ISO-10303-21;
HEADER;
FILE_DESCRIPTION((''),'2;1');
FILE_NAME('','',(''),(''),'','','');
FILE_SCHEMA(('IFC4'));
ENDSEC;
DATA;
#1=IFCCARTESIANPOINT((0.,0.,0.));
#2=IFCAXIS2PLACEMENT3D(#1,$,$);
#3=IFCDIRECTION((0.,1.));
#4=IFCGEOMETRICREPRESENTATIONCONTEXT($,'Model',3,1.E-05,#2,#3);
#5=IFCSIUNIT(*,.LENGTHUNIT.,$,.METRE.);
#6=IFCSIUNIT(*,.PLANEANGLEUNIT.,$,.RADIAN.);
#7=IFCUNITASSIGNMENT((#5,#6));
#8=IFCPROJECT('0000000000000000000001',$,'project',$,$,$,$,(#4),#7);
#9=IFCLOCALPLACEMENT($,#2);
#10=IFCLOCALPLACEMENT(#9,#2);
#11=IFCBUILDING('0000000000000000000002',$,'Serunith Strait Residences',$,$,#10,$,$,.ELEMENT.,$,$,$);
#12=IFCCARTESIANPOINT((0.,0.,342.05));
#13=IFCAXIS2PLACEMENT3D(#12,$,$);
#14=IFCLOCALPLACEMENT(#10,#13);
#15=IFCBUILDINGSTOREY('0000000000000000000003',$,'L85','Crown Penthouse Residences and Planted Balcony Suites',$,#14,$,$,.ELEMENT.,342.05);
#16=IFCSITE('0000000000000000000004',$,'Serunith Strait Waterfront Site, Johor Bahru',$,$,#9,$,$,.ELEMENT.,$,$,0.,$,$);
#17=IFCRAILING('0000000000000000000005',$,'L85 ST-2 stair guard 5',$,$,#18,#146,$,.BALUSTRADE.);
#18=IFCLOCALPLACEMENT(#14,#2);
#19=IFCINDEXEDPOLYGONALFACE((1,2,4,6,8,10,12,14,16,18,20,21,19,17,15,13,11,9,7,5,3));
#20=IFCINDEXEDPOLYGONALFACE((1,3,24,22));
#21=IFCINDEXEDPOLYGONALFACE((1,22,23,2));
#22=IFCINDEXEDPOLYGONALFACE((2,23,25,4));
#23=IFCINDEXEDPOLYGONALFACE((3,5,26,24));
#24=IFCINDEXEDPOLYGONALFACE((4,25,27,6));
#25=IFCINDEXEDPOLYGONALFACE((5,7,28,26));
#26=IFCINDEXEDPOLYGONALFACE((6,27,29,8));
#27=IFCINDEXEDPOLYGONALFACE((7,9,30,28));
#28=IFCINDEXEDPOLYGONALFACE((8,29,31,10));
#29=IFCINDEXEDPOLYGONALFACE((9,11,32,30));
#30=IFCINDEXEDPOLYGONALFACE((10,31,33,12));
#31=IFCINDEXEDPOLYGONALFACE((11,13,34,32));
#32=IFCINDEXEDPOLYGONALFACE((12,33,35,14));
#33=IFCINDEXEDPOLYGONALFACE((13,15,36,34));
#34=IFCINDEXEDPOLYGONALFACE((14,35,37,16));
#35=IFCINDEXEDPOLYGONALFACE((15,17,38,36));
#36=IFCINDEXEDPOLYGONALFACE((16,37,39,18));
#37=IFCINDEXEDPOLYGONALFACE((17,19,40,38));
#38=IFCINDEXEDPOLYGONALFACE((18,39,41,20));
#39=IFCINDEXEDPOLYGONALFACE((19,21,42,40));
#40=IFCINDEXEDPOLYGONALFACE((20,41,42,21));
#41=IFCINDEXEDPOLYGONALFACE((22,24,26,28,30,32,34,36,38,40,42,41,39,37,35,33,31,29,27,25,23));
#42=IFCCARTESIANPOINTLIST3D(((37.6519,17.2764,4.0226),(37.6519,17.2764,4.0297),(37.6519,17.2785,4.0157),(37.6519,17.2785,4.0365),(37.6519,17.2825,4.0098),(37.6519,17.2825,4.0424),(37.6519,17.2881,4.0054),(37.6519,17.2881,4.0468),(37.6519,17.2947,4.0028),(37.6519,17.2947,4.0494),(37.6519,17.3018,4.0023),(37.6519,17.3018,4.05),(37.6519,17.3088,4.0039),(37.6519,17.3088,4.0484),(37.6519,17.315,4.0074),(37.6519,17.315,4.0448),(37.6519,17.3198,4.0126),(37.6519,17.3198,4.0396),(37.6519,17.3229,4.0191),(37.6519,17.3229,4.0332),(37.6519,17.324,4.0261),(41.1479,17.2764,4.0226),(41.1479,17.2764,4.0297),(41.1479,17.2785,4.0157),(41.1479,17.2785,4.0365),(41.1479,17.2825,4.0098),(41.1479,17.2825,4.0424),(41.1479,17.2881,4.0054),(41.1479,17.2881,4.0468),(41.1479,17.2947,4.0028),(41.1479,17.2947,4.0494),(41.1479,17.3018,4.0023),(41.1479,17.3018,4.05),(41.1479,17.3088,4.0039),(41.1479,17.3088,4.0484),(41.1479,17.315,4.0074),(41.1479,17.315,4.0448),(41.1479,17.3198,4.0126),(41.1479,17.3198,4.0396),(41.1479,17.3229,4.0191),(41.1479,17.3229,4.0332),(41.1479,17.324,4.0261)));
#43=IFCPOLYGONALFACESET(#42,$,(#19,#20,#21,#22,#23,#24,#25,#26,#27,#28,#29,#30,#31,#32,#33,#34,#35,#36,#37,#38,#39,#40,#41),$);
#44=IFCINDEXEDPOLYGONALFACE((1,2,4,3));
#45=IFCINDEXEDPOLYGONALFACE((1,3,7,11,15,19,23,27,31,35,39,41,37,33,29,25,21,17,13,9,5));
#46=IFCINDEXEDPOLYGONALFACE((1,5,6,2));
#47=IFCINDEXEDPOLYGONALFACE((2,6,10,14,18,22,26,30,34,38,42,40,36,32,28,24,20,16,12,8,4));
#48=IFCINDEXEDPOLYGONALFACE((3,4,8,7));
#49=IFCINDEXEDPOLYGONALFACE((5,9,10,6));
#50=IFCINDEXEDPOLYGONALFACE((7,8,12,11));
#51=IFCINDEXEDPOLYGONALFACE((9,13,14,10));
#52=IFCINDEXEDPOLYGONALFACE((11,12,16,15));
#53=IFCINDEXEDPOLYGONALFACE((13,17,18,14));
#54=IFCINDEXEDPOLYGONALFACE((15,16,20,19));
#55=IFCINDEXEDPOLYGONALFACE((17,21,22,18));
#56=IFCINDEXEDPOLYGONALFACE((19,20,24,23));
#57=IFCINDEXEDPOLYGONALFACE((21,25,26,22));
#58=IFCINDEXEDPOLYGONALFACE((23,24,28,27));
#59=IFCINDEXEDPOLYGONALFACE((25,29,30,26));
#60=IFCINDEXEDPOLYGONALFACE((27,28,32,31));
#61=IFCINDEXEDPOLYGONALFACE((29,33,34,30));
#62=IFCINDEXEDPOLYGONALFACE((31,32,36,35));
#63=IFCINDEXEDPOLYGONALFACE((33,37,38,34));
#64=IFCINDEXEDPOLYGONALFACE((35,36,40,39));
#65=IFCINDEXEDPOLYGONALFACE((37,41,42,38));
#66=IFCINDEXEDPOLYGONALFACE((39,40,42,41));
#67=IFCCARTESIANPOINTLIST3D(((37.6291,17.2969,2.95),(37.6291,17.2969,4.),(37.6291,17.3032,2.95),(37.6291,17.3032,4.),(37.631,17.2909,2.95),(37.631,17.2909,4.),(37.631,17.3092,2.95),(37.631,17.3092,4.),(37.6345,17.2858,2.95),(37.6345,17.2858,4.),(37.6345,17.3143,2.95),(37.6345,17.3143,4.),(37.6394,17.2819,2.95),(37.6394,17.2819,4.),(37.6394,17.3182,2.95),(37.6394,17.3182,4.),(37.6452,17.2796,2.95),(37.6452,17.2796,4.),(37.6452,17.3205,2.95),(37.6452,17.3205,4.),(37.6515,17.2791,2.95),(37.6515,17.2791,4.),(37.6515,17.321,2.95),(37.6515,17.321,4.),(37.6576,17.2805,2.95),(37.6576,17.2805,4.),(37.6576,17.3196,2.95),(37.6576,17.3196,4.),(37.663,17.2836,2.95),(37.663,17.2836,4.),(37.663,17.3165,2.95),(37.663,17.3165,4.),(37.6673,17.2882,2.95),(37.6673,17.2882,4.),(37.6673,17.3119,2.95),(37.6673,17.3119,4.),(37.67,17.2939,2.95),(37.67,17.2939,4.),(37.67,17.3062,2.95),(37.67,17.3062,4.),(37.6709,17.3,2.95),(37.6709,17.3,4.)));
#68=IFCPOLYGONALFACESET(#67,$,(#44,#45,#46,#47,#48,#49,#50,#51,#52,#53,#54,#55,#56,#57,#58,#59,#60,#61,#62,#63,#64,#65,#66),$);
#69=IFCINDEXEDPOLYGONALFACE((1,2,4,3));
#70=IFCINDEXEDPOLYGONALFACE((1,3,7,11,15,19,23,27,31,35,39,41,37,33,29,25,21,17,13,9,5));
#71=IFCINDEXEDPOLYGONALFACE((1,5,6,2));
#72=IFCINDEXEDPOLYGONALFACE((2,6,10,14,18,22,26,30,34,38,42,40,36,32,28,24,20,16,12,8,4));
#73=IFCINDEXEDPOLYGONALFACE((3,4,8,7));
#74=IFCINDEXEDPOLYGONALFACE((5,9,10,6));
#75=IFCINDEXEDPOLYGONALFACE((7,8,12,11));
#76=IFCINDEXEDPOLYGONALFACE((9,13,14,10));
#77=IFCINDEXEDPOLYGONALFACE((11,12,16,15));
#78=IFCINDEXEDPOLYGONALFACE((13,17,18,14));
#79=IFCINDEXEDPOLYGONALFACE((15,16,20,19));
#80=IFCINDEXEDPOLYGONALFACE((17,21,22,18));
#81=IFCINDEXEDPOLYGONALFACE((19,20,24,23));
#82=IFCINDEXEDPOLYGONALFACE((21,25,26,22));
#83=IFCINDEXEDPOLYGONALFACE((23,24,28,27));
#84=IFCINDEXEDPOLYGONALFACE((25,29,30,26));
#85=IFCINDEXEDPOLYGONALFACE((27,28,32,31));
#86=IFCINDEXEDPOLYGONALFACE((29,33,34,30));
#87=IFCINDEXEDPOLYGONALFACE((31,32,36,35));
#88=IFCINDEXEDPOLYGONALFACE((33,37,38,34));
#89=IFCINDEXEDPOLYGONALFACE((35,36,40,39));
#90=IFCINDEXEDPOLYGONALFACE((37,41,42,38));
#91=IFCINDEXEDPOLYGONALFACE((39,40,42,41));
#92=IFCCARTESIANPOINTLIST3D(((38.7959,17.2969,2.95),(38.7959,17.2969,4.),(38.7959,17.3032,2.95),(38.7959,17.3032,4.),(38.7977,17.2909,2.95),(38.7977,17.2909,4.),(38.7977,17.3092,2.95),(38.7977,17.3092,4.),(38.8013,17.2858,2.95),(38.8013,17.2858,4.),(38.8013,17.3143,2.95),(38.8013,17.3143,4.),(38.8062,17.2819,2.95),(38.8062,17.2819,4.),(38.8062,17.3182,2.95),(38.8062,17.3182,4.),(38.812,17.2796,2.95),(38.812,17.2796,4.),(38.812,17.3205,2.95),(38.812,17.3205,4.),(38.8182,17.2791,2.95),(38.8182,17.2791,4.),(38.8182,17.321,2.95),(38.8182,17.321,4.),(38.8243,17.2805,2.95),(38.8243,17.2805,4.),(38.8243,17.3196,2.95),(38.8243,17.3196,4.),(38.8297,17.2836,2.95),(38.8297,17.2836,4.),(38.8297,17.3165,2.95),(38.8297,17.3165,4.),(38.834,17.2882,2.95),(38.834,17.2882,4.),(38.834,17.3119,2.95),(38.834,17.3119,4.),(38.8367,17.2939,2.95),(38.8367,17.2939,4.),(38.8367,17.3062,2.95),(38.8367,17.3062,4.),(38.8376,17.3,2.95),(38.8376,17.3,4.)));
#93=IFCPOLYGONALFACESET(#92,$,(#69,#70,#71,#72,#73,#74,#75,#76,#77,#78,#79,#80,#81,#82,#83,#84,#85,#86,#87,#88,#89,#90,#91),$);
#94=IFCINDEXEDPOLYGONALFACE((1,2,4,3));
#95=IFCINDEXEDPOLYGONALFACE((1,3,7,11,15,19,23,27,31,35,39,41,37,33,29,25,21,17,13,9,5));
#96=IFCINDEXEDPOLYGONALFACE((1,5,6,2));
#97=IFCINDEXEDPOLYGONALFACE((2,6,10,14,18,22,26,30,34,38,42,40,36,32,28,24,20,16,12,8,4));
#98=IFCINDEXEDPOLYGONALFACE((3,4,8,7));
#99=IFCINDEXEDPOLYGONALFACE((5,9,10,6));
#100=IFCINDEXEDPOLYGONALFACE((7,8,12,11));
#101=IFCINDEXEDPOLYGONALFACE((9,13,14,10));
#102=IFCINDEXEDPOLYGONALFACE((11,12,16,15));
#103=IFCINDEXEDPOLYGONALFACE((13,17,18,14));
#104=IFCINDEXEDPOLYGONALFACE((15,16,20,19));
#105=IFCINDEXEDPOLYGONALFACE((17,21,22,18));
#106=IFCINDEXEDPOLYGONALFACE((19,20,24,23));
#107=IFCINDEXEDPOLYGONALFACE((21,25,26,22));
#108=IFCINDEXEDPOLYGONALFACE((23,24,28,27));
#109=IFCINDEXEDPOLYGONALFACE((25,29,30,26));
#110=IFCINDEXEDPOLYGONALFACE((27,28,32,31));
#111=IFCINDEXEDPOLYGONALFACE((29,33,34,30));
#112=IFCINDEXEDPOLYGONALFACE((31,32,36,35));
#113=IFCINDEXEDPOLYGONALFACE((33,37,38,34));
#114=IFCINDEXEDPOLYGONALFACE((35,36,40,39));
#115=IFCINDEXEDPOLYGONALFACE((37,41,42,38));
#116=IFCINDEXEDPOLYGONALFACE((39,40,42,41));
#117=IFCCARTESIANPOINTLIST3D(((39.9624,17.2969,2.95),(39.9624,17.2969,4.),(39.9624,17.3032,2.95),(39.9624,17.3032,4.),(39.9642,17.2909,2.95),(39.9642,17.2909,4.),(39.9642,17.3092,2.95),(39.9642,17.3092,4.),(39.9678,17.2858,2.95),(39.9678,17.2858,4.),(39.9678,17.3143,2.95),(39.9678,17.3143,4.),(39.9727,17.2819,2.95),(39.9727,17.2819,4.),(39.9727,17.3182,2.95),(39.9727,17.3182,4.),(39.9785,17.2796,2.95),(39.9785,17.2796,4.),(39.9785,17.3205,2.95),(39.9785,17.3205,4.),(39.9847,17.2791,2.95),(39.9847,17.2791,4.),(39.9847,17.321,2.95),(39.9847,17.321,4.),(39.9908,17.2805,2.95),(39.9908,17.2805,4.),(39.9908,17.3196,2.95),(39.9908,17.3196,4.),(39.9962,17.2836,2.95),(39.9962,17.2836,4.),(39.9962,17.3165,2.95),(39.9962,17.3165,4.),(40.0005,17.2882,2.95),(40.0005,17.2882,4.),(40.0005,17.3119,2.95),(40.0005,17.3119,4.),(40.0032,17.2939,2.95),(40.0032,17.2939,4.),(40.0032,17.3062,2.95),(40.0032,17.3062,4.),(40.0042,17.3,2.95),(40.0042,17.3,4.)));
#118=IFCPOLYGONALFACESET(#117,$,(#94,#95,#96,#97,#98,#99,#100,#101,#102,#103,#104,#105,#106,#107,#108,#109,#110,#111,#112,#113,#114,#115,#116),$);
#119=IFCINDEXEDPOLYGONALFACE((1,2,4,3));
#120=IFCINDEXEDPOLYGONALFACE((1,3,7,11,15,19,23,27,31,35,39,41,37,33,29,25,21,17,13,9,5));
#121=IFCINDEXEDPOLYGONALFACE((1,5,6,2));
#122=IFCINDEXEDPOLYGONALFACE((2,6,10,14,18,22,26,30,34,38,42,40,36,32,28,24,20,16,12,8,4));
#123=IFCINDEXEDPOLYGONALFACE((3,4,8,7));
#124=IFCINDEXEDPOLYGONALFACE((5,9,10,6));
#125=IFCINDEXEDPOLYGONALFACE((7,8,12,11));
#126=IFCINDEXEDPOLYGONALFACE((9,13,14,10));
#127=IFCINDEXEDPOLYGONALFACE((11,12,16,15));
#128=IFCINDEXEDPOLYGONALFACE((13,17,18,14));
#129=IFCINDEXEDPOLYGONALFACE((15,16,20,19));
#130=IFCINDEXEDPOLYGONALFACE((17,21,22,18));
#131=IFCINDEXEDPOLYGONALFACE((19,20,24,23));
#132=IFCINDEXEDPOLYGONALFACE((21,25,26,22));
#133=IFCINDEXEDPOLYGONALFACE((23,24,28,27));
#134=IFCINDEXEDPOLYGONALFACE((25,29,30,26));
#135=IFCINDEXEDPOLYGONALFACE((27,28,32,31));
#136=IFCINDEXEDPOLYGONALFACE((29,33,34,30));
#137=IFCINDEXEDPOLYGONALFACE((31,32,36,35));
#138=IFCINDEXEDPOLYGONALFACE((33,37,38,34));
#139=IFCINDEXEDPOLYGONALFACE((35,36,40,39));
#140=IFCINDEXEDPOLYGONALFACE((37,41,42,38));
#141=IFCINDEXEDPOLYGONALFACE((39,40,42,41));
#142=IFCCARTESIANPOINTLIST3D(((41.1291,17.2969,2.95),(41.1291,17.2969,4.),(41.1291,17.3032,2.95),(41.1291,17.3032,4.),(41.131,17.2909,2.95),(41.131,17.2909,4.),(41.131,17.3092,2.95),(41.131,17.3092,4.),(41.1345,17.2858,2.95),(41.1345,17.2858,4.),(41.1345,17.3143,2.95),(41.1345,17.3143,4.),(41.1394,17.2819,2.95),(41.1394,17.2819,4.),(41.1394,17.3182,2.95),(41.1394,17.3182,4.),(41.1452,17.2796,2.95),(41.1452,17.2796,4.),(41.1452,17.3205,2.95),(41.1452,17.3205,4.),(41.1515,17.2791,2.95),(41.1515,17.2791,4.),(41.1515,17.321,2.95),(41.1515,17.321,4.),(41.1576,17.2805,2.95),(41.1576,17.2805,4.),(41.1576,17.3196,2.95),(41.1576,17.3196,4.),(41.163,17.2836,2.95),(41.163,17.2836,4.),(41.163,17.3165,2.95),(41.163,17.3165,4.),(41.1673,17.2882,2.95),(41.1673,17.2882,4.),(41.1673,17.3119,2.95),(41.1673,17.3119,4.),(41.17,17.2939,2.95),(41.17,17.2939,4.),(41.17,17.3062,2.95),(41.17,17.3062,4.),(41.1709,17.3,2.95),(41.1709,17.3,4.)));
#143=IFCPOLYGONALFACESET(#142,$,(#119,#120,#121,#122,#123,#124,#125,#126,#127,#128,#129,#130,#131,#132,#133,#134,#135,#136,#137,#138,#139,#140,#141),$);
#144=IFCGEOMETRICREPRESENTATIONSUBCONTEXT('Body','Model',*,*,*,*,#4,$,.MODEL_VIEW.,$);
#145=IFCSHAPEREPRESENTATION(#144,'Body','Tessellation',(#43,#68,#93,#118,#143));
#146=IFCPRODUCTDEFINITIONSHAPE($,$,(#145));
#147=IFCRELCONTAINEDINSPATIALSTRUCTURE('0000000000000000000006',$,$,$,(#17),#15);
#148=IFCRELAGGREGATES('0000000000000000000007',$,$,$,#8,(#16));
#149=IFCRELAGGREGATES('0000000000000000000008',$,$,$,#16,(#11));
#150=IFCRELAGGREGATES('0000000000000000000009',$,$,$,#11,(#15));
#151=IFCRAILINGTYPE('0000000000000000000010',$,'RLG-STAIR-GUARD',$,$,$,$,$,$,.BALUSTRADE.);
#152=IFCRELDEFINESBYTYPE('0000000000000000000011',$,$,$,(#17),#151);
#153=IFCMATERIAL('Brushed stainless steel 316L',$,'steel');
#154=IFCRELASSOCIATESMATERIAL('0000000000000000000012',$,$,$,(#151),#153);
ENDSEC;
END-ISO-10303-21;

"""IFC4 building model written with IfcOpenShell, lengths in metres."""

from ifc_helpers import new_model, si_unit, direction, frame, origin, origin_2d, place, context, subcontext, project, spatial, circle, extrude, material, type_object, element, save


model = new_model("IFC4")

# Units and contexts
model_context = context("Model", 3, precision=1e-05, world=origin(), true_north=direction((0.0, 1.0)))
body_context = subcontext(model_context, "Body", "Model", "MODEL_VIEW")
ifc_project = project(units=[si_unit("LENGTHUNIT", "METRE"), si_unit("PLANEANGLEUNIT", "RADIAN")], contexts=[model_context])

# Site, building, storey
site_placement = place(None, origin())
site = spatial("IfcSite", under=ifc_project, at=site_placement, Name="Serunith Strait Waterfront Site, Johor Bahru", CompositionType="ELEMENT", RefElevation=0.0)
building_placement = place(site_placement, origin())
building = spatial("IfcBuilding", under=site, at=building_placement, Name="Serunith Strait Residences", CompositionType="ELEMENT")
storey_placement = place(building_placement, frame((0.0, 0.0, 342.05)))
storey = spatial("IfcBuildingStorey", under=building, at=storey_placement, Name="L85", Description="Crown Penthouse Residences and Planted Balcony Suites", CompositionType="ELEMENT", Elevation=342.05)

# Railing
ifc_material_1 = material(Name="Brushed stainless steel 316L", Category="steel")
railing_type_1 = type_object("IfcRailingType", Name="RLG-STAIR-GUARD", PredefinedType="BALUSTRADE", material=ifc_material_1)
railing_1_placement = place(storey_placement, frame((37.6499, 17.3, 2.95)))
element("IfcRailing", 1, at=railing_1_placement, inside=storey, type_object=railing_type_1, Name="L85 ST-2 stair guard 5", PredefinedType="BALUSTRADE", context=body_context, shape_type="SweptSolid", body=[
    extrude(circle(Radius=0.0239, at=origin_2d()), frame((0.002, 0.0, 1.0762), z_axis=(1.0, 0.0, 0.0), x_axis=(0.0, 1.0, 0.0)), (0.0, 0.0, 1.0), 3.4961),
    extrude(circle(Radius=0.021, at=origin_2d()), origin(), (0.0, 0.0, 1.0), 1.05),
    extrude(circle(Radius=0.021, at=origin_2d()), frame((1.1667, 0.0, 0.0)), (0.0, 0.0, 1.0), 1.05),
    extrude(circle(Radius=0.021, at=origin_2d()), frame((2.3333, 0.0, 0.0)), (0.0, 0.0, 1.0), 1.05),
    extrude(circle(Radius=0.021, at=origin_2d()), frame((3.5, 0.0, 0.0)), (0.0, 0.0, 1.0), 1.05),
])

save(model, "model.ifc")
